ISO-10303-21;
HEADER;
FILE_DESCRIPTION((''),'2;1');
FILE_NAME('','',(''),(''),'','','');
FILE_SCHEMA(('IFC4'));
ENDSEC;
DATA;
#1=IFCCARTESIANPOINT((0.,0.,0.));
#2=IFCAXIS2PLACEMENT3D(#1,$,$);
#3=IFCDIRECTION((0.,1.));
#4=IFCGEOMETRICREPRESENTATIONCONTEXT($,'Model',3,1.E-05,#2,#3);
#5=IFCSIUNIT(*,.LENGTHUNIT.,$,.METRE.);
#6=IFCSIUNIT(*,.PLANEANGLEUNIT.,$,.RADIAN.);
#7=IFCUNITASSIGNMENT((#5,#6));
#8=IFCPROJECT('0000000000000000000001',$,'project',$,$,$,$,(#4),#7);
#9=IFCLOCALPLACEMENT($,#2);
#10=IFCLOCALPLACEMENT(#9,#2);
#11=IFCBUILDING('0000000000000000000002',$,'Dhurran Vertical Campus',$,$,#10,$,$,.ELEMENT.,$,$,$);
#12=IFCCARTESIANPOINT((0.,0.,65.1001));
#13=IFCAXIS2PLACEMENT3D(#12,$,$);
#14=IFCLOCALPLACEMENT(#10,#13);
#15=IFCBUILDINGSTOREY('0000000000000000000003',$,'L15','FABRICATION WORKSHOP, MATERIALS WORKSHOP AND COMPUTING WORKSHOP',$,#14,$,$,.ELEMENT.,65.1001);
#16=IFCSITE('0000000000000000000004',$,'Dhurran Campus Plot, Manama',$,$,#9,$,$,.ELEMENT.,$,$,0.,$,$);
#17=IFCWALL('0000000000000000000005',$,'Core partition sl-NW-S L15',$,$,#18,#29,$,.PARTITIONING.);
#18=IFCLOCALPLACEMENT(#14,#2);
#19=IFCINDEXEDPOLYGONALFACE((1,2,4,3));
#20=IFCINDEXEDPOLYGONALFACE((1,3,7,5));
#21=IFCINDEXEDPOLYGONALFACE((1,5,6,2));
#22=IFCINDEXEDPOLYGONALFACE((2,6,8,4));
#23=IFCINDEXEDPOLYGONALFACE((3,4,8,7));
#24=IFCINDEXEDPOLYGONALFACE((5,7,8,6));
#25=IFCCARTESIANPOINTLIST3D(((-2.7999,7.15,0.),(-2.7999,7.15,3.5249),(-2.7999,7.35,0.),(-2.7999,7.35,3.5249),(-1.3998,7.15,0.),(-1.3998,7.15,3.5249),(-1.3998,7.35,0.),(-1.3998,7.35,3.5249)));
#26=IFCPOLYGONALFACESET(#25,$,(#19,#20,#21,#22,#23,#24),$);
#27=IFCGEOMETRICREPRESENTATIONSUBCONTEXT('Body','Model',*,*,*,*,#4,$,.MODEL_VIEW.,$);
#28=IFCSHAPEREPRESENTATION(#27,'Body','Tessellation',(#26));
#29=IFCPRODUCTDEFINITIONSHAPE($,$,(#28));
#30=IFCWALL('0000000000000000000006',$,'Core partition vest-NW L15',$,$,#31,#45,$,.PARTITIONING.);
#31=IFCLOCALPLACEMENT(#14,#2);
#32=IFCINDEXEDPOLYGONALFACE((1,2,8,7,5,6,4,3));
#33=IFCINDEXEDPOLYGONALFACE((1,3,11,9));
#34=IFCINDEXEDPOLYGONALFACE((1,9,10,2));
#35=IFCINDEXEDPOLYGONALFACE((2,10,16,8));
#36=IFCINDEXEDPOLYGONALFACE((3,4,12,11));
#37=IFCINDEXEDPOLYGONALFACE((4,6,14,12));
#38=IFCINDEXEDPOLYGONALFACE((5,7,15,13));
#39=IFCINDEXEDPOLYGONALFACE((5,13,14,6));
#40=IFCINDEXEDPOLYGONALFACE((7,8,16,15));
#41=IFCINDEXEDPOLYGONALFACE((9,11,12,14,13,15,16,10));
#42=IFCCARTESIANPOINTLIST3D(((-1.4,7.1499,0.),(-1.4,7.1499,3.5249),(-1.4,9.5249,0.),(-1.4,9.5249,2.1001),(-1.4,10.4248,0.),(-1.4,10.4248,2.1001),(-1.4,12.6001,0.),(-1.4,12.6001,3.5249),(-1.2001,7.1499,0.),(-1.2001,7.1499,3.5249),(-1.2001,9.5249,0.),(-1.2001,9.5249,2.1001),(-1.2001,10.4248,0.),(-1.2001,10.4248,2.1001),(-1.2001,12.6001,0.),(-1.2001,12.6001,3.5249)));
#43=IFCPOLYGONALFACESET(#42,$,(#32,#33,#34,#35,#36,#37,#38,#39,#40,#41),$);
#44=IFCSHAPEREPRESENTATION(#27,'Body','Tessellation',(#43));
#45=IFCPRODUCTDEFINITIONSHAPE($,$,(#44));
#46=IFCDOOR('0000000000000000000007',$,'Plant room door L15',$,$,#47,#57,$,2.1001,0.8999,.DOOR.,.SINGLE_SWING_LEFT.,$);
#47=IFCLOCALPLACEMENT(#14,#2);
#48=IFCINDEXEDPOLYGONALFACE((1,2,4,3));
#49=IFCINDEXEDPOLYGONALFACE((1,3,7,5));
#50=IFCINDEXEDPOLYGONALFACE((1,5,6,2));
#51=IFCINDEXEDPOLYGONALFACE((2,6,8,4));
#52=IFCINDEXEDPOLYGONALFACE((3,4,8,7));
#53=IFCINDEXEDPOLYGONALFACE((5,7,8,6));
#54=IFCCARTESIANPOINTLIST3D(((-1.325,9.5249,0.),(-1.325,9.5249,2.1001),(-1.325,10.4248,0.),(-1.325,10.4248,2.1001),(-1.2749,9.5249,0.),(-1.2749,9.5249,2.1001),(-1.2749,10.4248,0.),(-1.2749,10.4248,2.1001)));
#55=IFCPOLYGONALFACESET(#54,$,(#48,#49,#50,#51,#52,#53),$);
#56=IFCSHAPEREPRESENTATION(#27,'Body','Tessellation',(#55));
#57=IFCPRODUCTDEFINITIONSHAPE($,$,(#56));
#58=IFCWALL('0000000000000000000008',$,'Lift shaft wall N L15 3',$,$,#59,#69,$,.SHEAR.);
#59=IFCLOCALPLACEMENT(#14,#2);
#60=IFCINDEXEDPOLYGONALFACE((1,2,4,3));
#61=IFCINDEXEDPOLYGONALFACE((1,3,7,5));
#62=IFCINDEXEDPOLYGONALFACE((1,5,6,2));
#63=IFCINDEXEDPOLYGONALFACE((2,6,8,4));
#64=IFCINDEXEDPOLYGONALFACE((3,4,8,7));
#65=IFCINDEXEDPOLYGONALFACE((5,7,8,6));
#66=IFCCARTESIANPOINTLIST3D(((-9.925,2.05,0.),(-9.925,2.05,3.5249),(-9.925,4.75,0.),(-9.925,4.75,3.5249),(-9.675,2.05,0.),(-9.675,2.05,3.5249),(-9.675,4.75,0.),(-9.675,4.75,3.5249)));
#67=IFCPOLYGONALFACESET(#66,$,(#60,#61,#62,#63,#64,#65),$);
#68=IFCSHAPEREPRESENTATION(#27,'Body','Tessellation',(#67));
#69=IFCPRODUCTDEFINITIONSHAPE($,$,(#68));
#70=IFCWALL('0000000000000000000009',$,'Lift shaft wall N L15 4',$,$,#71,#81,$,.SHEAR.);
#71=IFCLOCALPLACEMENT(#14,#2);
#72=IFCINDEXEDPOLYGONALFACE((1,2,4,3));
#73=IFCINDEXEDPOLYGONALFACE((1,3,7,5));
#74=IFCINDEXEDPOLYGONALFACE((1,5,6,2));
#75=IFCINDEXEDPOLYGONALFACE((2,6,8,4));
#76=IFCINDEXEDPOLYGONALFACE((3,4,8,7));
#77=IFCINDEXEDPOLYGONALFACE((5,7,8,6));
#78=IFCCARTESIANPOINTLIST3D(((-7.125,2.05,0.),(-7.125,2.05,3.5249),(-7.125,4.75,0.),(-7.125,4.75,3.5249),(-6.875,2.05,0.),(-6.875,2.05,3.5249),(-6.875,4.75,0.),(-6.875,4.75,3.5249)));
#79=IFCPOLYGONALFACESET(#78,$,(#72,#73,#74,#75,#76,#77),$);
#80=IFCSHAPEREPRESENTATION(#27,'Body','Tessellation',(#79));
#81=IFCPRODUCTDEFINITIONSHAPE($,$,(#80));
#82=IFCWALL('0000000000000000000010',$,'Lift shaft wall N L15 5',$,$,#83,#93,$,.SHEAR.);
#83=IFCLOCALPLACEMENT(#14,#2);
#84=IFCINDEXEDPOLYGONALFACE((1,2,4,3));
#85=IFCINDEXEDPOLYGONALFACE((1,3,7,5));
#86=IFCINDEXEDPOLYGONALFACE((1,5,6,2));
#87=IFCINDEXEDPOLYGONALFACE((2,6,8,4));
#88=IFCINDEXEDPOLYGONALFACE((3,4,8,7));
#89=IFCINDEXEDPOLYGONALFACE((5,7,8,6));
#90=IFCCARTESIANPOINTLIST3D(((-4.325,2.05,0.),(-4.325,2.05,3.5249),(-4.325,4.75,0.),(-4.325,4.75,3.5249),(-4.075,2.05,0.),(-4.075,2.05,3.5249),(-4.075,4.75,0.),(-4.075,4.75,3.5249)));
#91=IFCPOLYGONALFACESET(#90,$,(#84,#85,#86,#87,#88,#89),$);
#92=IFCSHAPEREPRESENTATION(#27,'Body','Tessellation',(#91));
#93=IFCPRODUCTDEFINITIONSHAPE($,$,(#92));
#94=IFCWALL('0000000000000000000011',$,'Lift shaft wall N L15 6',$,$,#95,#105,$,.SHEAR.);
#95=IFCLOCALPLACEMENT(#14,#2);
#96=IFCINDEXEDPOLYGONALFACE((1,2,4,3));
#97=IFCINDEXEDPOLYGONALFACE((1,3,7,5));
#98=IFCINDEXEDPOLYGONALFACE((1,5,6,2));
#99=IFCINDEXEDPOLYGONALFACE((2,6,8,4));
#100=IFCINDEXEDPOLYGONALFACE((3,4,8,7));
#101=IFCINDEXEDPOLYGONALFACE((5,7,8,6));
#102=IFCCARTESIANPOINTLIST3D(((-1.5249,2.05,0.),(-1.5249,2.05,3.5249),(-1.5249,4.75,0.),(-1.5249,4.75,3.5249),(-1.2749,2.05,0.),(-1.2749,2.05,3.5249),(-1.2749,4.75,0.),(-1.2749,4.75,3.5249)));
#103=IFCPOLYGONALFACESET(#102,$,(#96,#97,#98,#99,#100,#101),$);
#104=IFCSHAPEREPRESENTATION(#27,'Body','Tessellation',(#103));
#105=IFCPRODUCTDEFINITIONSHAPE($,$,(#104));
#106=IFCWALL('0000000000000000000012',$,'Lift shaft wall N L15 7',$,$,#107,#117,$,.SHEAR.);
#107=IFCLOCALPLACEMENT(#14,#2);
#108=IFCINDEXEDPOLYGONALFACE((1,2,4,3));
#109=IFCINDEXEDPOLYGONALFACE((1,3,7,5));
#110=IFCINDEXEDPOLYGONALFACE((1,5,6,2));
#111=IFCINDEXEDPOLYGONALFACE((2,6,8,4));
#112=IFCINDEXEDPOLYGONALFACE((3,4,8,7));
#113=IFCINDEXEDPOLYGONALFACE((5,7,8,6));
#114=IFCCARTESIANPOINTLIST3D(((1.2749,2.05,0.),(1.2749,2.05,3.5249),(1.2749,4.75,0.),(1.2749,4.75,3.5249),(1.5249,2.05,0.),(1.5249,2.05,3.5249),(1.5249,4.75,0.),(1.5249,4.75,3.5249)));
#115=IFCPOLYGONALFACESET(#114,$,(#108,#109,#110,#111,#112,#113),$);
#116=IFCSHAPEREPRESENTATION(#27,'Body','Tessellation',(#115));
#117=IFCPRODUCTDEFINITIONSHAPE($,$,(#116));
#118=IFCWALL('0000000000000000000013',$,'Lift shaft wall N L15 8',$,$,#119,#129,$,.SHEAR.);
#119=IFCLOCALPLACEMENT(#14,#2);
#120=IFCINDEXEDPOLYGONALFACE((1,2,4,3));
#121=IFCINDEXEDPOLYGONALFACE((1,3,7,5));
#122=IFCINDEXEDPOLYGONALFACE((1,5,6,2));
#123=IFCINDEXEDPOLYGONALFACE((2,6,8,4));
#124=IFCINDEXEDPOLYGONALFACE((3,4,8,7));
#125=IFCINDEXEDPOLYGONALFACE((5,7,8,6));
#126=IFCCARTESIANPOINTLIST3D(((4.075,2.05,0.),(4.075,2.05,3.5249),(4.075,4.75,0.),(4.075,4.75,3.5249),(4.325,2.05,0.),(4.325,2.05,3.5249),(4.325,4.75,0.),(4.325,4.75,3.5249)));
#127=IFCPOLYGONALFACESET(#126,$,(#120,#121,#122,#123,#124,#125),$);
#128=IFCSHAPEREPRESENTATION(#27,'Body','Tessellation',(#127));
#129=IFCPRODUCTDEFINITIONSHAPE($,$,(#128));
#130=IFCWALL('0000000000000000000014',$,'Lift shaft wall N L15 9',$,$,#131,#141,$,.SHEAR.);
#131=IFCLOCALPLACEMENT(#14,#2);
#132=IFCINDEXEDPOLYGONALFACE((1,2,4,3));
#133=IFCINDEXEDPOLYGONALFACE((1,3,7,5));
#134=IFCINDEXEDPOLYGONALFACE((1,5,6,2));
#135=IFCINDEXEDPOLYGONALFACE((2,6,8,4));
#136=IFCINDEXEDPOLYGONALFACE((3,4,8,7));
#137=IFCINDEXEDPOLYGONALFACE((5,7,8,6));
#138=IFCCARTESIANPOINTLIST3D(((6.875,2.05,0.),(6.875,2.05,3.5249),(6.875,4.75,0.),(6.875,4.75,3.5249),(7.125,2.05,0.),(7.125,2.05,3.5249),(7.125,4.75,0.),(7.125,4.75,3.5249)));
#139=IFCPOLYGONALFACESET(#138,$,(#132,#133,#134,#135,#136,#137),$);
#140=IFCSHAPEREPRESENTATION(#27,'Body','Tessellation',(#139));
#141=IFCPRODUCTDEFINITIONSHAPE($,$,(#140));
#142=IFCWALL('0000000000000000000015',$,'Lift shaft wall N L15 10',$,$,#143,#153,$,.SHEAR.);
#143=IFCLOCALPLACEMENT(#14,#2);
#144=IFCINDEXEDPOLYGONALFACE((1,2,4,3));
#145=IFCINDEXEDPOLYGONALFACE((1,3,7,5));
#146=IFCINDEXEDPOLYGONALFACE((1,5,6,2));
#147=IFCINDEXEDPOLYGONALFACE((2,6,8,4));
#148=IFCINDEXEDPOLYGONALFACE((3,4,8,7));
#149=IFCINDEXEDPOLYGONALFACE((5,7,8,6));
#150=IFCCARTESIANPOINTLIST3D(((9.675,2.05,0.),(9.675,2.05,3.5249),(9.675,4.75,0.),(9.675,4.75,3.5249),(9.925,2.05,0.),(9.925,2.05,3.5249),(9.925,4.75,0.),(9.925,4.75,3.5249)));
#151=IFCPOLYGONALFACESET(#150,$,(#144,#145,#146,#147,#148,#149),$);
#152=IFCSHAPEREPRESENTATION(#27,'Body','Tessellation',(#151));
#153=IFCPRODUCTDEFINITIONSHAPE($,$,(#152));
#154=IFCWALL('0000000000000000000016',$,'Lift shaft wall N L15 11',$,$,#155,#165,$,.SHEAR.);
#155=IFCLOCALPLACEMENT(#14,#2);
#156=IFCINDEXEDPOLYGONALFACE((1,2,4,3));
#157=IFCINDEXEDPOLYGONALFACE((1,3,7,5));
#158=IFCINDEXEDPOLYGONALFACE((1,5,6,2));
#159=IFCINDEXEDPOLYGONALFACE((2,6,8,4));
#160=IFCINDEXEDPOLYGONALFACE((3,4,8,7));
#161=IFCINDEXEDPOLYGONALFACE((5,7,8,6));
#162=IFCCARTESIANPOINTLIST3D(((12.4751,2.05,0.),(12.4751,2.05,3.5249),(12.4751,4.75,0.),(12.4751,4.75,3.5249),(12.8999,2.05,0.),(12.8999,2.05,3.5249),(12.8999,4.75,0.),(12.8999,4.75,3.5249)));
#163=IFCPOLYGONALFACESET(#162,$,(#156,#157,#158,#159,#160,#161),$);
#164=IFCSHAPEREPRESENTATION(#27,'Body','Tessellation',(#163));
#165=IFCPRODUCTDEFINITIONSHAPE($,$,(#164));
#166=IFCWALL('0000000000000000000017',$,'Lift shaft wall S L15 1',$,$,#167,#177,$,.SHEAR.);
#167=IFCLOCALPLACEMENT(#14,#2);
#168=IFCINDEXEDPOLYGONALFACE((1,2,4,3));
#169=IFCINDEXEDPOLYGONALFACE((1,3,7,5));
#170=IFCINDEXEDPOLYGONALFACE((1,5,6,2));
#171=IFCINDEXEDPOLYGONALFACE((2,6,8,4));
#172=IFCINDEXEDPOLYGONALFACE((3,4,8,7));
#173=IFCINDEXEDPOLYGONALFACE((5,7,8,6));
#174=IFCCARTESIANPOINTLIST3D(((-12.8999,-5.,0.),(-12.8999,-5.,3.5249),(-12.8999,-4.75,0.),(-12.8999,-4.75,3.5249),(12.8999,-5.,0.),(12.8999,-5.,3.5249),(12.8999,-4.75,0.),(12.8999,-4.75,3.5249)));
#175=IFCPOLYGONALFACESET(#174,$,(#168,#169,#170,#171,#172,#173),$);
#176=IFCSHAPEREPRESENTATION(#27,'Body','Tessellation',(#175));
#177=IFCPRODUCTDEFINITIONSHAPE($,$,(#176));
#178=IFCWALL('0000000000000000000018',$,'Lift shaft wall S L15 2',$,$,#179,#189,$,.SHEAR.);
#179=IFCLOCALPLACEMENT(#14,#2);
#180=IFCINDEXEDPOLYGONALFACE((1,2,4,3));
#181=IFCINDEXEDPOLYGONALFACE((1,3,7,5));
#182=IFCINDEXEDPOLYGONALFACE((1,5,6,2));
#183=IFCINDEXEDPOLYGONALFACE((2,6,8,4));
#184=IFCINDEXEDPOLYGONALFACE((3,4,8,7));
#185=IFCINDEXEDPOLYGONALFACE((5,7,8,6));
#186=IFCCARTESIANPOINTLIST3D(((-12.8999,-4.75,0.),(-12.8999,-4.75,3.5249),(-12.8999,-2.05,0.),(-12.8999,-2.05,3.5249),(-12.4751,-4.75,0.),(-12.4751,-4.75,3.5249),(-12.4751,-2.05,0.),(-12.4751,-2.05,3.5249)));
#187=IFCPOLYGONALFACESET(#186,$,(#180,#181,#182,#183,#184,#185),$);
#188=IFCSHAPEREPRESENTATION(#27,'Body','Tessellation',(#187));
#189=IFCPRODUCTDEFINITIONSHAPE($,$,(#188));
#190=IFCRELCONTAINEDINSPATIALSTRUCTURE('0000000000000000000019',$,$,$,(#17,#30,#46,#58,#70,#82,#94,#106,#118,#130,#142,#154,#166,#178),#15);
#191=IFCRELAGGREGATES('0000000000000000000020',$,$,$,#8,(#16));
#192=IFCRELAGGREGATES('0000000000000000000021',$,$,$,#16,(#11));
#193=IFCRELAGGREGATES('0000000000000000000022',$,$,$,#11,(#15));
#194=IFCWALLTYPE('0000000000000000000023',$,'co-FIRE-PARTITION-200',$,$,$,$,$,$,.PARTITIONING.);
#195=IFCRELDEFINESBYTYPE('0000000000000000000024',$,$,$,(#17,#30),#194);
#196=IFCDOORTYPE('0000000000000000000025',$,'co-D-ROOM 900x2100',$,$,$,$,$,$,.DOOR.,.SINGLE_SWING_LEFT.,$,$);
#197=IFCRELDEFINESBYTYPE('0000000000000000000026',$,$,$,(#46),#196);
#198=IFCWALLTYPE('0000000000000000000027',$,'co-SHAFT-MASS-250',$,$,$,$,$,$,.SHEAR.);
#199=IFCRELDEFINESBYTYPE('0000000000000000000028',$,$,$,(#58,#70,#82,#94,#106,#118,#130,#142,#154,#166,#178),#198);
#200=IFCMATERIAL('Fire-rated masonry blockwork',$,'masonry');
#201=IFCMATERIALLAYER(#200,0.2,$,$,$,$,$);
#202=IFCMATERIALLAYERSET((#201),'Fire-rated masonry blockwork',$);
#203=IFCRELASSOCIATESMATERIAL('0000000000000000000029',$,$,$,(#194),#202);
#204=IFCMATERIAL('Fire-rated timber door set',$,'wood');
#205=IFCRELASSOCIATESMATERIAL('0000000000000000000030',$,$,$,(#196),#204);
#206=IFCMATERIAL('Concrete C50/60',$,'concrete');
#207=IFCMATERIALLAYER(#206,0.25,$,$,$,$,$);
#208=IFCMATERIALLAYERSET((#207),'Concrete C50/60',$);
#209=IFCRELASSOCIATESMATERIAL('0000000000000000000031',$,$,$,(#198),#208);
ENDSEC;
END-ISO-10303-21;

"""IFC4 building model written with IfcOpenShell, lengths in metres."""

from ifc_helpers import new_model, si_unit, direction, frame, frame_2d, origin, place, context, subcontext, project, spatial, polyline, rectangle, outline, extrude, material, layer, layer_set, type_object, element, fill, save


model = new_model("IFC4")

# Units and contexts
model_context = context("Model", 3, precision=1e-05, world=origin(), true_north=direction((0.0, 1.0)))
body_context = subcontext(model_context, "Body", "Model", "MODEL_VIEW")
ifc_project = project(units=[si_unit("LENGTHUNIT", "METRE"), si_unit("PLANEANGLEUNIT", "RADIAN")], contexts=[model_context])

# Site, building, storey
site_placement = place(None, origin())
site = spatial("IfcSite", under=ifc_project, at=site_placement, Name="Dhurran Campus Plot, Manama", CompositionType="ELEMENT", RefElevation=0.0)
building_placement = place(site_placement, origin())
building = spatial("IfcBuilding", under=site, at=building_placement, Name="Dhurran Vertical Campus", CompositionType="ELEMENT")
storey_placement = place(building_placement, frame((0.0, 0.0, 65.1001)))
storey = spatial("IfcBuildingStorey", under=building, at=storey_placement, Name="L15", Description="FABRICATION WORKSHOP, MATERIALS WORKSHOP AND COMPUTING WORKSHOP", CompositionType="ELEMENT", Elevation=65.1001)

# Wall
ifc_material_1 = material(Name="Fire-rated masonry blockwork", Category="masonry")
ifc_layer_1 = layer(ifc_material_1, 0.2)
ifc_layer_set_1 = layer_set([ifc_layer_1], Name="Fire-rated masonry blockwork")
wall_type_1 = type_object("IfcWallType", Name="co-FIRE-PARTITION-200", PredefinedType="PARTITIONING", material=ifc_layer_set_1)
wall_1_placement = place(storey_placement, frame((-2.8, 7.25, 0.0), z_axis=(0.0, 0.0, 1.0), x_axis=(1.0, 0.0, 0.0)))
element("IfcWall", 1, at=wall_1_placement, inside=storey, type_object=wall_type_1, Name="Core partition sl-NW-S L15", PredefinedType="PARTITIONING", context=body_context, shape_type="SweptSolid", body=[
    extrude(rectangle(XDim=1.4001, YDim=0.2, at=frame_2d((0.7002, 0.0))), origin(), (0.0, 0.0, 1.0), 3.5249),
])

# Wall, opening, door
wall_2_placement = place(storey_placement, frame((-1.3, 7.1499, 0.0), z_axis=(0.0, 0.0, 1.0), x_axis=(0.0, 1.0, 0.0)))
wall_2 = element("IfcWall", 2, at=wall_2_placement, inside=storey, type_object=wall_type_1, Name="Core partition vest-NW L15", PredefinedType="PARTITIONING", context=body_context, shape_type="SweptSolid", body=[
    extrude(rectangle(XDim=5.4502, YDim=0.2, at=frame_2d((2.7251, 0.0))), origin(), (0.0, 0.0, 1.0), 3.5249),
])
opening_placement = place(wall_2_placement, frame((2.375, 0.0, 0.0)))
opening = element("IfcOpeningElement", 3, at=opening_placement, cuts=wall_2, PredefinedType="OPENING", context=body_context, shape_type="SweptSolid", body=[
    extrude(rectangle(XDim=0.8999, YDim=2.1001, at=frame_2d((0.45, 1.05))), frame((0.0, 0.1099, 0.0), z_axis=(0.0, -1.0, 0.0), x_axis=(1.0, 0.0, 0.0)), (0.0, 0.0, 1.0), 0.22),
])
ifc_material_2 = material(Name="Fire-rated timber door set", Category="wood")
door_type = type_object("IfcDoorType", Name="co-D-ROOM 900x2100", OperationType="SINGLE_SWING_LEFT", PredefinedType="DOOR", material=ifc_material_2)
door_placement = place(opening_placement, origin())
door = element("IfcDoor", 4, at=door_placement, inside=storey, type_object=door_type, Name="Plant room door L15", OperationType="SINGLE_SWING_LEFT", OverallHeight=2.1001, OverallWidth=0.8999, PredefinedType="DOOR", context=body_context, shape_type="SweptSolid", body=[
    extrude(rectangle(XDim=0.8999, YDim=2.1001, at=frame_2d((0.45, 1.05))), frame((0.0, 0.0249, 0.0), z_axis=(0.0, -1.0, 0.0), x_axis=(1.0, 0.0, 0.0)), (0.0, 0.0, 1.0), 0.05),
])
fill(opening, door)

# Walls
ifc_material_3 = material(Name="Concrete C50/60", Category="concrete")
ifc_layer_2 = layer(ifc_material_3, 0.25)
ifc_layer_set_2 = layer_set([ifc_layer_2], Name="Concrete C50/60")
wall_type_2 = type_object("IfcWallType", Name="co-SHAFT-MASS-250", PredefinedType="SHEAR", material=ifc_layer_set_2)
wall_3_placement = place(storey_placement, origin())
element("IfcWall", 5, at=wall_3_placement, inside=storey, type_object=wall_type_2, Name="Lift shaft wall N L15 3", PredefinedType="SHEAR", context=body_context, shape_type="SweptSolid", body=[
    extrude(outline(polyline([(-9.925, 2.05), (-9.675, 2.05), (-9.675, 4.75), (-9.925, 4.75), (-9.925, 2.05)])), origin(), (0.0, 0.0, 1.0), 3.5249),
])
wall_4_placement = place(storey_placement, origin())
element("IfcWall", 6, at=wall_4_placement, inside=storey, type_object=wall_type_2, Name="Lift shaft wall N L15 4", PredefinedType="SHEAR", context=body_context, shape_type="SweptSolid", body=[
    extrude(outline(polyline([(-7.125, 2.05), (-6.875, 2.05), (-6.875, 4.75), (-7.125, 4.75), (-7.125, 2.05)])), origin(), (0.0, 0.0, 1.0), 3.5249),
])
wall_5_placement = place(storey_placement, origin())
element("IfcWall", 7, at=wall_5_placement, inside=storey, type_object=wall_type_2, Name="Lift shaft wall N L15 5", PredefinedType="SHEAR", context=body_context, shape_type="SweptSolid", body=[
    extrude(outline(polyline([(-4.325, 2.05), (-4.075, 2.05), (-4.075, 4.75), (-4.325, 4.75), (-4.325, 2.05)])), origin(), (0.0, 0.0, 1.0), 3.5249),
])
wall_6_placement = place(storey_placement, origin())
element("IfcWall", 8, at=wall_6_placement, inside=storey, type_object=wall_type_2, Name="Lift shaft wall N L15 6", PredefinedType="SHEAR", context=body_context, shape_type="SweptSolid", body=[
    extrude(outline(polyline([(-1.5249, 2.05), (-1.2749, 2.05), (-1.2749, 4.75), (-1.5249, 4.75), (-1.5249, 2.05)])), origin(), (0.0, 0.0, 1.0), 3.5249),
])
wall_7_placement = place(storey_placement, origin())
element("IfcWall", 9, at=wall_7_placement, inside=storey, type_object=wall_type_2, Name="Lift shaft wall N L15 7", PredefinedType="SHEAR", context=body_context, shape_type="SweptSolid", body=[
    extrude(outline(polyline([(1.2749, 2.05), (1.5249, 2.05), (1.5249, 4.75), (1.2749, 4.75), (1.2749, 2.05)])), origin(), (0.0, 0.0, 1.0), 3.5249),
])
wall_8_placement = place(storey_placement, origin())
element("IfcWall", 10, at=wall_8_placement, inside=storey, type_object=wall_type_2, Name="Lift shaft wall N L15 8", PredefinedType="SHEAR", context=body_context, shape_type="SweptSolid", body=[
    extrude(outline(polyline([(4.075, 2.05), (4.325, 2.05), (4.325, 4.75), (4.075, 4.75), (4.075, 2.05)])), origin(), (0.0, 0.0, 1.0), 3.5249),
])
wall_9_placement = place(storey_placement, origin())
element("IfcWall", 11, at=wall_9_placement, inside=storey, type_object=wall_type_2, Name="Lift shaft wall N L15 9", PredefinedType="SHEAR", context=body_context, shape_type="SweptSolid", body=[
    extrude(outline(polyline([(6.875, 2.05), (7.125, 2.05), (7.125, 4.75), (6.875, 4.75), (6.875, 2.05)])), origin(), (0.0, 0.0, 1.0), 3.5249),
])
wall_10_placement = place(storey_placement, origin())
element("IfcWall", 12, at=wall_10_placement, inside=storey, type_object=wall_type_2, Name="Lift shaft wall N L15 10", PredefinedType="SHEAR", context=body_context, shape_type="SweptSolid", body=[
    extrude(outline(polyline([(9.675, 2.05), (9.925, 2.05), (9.925, 4.75), (9.675, 4.75), (9.675, 2.05)])), origin(), (0.0, 0.0, 1.0), 3.5249),
])
wall_11_placement = place(storey_placement, origin())
element("IfcWall", 13, at=wall_11_placement, inside=storey, type_object=wall_type_2, Name="Lift shaft wall N L15 11", PredefinedType="SHEAR", context=body_context, shape_type="SweptSolid", body=[
    extrude(outline(polyline([(12.4751, 2.05), (12.8999, 2.05), (12.8999, 4.75), (12.4751, 4.75), (12.4751, 2.05)])), origin(), (0.0, 0.0, 1.0), 3.5249),
])
wall_12_placement = place(storey_placement, origin())
element("IfcWall", 14, at=wall_12_placement, inside=storey, type_object=wall_type_2, Name="Lift shaft wall S L15 1", PredefinedType="SHEAR", context=body_context, shape_type="SweptSolid", body=[
    extrude(outline(polyline([(-12.8999, -5.0), (12.8999, -5.0), (12.8999, -4.75), (-12.8999, -4.75), (-12.8999, -5.0)])), origin(), (0.0, 0.0, 1.0), 3.5249),
])
wall_13_placement = place(storey_placement, origin())
element("IfcWall", 15, at=wall_13_placement, inside=storey, type_object=wall_type_2, Name="Lift shaft wall S L15 2", PredefinedType="SHEAR", context=body_context, shape_type="SweptSolid", body=[
    extrude(outline(polyline([(-12.8999, -4.75), (-12.4751, -4.75), (-12.4751, -2.05), (-12.8999, -2.05), (-12.8999, -4.75)])), origin(), (0.0, 0.0, 1.0), 3.5249),
])

save(model, "model.ifc")
